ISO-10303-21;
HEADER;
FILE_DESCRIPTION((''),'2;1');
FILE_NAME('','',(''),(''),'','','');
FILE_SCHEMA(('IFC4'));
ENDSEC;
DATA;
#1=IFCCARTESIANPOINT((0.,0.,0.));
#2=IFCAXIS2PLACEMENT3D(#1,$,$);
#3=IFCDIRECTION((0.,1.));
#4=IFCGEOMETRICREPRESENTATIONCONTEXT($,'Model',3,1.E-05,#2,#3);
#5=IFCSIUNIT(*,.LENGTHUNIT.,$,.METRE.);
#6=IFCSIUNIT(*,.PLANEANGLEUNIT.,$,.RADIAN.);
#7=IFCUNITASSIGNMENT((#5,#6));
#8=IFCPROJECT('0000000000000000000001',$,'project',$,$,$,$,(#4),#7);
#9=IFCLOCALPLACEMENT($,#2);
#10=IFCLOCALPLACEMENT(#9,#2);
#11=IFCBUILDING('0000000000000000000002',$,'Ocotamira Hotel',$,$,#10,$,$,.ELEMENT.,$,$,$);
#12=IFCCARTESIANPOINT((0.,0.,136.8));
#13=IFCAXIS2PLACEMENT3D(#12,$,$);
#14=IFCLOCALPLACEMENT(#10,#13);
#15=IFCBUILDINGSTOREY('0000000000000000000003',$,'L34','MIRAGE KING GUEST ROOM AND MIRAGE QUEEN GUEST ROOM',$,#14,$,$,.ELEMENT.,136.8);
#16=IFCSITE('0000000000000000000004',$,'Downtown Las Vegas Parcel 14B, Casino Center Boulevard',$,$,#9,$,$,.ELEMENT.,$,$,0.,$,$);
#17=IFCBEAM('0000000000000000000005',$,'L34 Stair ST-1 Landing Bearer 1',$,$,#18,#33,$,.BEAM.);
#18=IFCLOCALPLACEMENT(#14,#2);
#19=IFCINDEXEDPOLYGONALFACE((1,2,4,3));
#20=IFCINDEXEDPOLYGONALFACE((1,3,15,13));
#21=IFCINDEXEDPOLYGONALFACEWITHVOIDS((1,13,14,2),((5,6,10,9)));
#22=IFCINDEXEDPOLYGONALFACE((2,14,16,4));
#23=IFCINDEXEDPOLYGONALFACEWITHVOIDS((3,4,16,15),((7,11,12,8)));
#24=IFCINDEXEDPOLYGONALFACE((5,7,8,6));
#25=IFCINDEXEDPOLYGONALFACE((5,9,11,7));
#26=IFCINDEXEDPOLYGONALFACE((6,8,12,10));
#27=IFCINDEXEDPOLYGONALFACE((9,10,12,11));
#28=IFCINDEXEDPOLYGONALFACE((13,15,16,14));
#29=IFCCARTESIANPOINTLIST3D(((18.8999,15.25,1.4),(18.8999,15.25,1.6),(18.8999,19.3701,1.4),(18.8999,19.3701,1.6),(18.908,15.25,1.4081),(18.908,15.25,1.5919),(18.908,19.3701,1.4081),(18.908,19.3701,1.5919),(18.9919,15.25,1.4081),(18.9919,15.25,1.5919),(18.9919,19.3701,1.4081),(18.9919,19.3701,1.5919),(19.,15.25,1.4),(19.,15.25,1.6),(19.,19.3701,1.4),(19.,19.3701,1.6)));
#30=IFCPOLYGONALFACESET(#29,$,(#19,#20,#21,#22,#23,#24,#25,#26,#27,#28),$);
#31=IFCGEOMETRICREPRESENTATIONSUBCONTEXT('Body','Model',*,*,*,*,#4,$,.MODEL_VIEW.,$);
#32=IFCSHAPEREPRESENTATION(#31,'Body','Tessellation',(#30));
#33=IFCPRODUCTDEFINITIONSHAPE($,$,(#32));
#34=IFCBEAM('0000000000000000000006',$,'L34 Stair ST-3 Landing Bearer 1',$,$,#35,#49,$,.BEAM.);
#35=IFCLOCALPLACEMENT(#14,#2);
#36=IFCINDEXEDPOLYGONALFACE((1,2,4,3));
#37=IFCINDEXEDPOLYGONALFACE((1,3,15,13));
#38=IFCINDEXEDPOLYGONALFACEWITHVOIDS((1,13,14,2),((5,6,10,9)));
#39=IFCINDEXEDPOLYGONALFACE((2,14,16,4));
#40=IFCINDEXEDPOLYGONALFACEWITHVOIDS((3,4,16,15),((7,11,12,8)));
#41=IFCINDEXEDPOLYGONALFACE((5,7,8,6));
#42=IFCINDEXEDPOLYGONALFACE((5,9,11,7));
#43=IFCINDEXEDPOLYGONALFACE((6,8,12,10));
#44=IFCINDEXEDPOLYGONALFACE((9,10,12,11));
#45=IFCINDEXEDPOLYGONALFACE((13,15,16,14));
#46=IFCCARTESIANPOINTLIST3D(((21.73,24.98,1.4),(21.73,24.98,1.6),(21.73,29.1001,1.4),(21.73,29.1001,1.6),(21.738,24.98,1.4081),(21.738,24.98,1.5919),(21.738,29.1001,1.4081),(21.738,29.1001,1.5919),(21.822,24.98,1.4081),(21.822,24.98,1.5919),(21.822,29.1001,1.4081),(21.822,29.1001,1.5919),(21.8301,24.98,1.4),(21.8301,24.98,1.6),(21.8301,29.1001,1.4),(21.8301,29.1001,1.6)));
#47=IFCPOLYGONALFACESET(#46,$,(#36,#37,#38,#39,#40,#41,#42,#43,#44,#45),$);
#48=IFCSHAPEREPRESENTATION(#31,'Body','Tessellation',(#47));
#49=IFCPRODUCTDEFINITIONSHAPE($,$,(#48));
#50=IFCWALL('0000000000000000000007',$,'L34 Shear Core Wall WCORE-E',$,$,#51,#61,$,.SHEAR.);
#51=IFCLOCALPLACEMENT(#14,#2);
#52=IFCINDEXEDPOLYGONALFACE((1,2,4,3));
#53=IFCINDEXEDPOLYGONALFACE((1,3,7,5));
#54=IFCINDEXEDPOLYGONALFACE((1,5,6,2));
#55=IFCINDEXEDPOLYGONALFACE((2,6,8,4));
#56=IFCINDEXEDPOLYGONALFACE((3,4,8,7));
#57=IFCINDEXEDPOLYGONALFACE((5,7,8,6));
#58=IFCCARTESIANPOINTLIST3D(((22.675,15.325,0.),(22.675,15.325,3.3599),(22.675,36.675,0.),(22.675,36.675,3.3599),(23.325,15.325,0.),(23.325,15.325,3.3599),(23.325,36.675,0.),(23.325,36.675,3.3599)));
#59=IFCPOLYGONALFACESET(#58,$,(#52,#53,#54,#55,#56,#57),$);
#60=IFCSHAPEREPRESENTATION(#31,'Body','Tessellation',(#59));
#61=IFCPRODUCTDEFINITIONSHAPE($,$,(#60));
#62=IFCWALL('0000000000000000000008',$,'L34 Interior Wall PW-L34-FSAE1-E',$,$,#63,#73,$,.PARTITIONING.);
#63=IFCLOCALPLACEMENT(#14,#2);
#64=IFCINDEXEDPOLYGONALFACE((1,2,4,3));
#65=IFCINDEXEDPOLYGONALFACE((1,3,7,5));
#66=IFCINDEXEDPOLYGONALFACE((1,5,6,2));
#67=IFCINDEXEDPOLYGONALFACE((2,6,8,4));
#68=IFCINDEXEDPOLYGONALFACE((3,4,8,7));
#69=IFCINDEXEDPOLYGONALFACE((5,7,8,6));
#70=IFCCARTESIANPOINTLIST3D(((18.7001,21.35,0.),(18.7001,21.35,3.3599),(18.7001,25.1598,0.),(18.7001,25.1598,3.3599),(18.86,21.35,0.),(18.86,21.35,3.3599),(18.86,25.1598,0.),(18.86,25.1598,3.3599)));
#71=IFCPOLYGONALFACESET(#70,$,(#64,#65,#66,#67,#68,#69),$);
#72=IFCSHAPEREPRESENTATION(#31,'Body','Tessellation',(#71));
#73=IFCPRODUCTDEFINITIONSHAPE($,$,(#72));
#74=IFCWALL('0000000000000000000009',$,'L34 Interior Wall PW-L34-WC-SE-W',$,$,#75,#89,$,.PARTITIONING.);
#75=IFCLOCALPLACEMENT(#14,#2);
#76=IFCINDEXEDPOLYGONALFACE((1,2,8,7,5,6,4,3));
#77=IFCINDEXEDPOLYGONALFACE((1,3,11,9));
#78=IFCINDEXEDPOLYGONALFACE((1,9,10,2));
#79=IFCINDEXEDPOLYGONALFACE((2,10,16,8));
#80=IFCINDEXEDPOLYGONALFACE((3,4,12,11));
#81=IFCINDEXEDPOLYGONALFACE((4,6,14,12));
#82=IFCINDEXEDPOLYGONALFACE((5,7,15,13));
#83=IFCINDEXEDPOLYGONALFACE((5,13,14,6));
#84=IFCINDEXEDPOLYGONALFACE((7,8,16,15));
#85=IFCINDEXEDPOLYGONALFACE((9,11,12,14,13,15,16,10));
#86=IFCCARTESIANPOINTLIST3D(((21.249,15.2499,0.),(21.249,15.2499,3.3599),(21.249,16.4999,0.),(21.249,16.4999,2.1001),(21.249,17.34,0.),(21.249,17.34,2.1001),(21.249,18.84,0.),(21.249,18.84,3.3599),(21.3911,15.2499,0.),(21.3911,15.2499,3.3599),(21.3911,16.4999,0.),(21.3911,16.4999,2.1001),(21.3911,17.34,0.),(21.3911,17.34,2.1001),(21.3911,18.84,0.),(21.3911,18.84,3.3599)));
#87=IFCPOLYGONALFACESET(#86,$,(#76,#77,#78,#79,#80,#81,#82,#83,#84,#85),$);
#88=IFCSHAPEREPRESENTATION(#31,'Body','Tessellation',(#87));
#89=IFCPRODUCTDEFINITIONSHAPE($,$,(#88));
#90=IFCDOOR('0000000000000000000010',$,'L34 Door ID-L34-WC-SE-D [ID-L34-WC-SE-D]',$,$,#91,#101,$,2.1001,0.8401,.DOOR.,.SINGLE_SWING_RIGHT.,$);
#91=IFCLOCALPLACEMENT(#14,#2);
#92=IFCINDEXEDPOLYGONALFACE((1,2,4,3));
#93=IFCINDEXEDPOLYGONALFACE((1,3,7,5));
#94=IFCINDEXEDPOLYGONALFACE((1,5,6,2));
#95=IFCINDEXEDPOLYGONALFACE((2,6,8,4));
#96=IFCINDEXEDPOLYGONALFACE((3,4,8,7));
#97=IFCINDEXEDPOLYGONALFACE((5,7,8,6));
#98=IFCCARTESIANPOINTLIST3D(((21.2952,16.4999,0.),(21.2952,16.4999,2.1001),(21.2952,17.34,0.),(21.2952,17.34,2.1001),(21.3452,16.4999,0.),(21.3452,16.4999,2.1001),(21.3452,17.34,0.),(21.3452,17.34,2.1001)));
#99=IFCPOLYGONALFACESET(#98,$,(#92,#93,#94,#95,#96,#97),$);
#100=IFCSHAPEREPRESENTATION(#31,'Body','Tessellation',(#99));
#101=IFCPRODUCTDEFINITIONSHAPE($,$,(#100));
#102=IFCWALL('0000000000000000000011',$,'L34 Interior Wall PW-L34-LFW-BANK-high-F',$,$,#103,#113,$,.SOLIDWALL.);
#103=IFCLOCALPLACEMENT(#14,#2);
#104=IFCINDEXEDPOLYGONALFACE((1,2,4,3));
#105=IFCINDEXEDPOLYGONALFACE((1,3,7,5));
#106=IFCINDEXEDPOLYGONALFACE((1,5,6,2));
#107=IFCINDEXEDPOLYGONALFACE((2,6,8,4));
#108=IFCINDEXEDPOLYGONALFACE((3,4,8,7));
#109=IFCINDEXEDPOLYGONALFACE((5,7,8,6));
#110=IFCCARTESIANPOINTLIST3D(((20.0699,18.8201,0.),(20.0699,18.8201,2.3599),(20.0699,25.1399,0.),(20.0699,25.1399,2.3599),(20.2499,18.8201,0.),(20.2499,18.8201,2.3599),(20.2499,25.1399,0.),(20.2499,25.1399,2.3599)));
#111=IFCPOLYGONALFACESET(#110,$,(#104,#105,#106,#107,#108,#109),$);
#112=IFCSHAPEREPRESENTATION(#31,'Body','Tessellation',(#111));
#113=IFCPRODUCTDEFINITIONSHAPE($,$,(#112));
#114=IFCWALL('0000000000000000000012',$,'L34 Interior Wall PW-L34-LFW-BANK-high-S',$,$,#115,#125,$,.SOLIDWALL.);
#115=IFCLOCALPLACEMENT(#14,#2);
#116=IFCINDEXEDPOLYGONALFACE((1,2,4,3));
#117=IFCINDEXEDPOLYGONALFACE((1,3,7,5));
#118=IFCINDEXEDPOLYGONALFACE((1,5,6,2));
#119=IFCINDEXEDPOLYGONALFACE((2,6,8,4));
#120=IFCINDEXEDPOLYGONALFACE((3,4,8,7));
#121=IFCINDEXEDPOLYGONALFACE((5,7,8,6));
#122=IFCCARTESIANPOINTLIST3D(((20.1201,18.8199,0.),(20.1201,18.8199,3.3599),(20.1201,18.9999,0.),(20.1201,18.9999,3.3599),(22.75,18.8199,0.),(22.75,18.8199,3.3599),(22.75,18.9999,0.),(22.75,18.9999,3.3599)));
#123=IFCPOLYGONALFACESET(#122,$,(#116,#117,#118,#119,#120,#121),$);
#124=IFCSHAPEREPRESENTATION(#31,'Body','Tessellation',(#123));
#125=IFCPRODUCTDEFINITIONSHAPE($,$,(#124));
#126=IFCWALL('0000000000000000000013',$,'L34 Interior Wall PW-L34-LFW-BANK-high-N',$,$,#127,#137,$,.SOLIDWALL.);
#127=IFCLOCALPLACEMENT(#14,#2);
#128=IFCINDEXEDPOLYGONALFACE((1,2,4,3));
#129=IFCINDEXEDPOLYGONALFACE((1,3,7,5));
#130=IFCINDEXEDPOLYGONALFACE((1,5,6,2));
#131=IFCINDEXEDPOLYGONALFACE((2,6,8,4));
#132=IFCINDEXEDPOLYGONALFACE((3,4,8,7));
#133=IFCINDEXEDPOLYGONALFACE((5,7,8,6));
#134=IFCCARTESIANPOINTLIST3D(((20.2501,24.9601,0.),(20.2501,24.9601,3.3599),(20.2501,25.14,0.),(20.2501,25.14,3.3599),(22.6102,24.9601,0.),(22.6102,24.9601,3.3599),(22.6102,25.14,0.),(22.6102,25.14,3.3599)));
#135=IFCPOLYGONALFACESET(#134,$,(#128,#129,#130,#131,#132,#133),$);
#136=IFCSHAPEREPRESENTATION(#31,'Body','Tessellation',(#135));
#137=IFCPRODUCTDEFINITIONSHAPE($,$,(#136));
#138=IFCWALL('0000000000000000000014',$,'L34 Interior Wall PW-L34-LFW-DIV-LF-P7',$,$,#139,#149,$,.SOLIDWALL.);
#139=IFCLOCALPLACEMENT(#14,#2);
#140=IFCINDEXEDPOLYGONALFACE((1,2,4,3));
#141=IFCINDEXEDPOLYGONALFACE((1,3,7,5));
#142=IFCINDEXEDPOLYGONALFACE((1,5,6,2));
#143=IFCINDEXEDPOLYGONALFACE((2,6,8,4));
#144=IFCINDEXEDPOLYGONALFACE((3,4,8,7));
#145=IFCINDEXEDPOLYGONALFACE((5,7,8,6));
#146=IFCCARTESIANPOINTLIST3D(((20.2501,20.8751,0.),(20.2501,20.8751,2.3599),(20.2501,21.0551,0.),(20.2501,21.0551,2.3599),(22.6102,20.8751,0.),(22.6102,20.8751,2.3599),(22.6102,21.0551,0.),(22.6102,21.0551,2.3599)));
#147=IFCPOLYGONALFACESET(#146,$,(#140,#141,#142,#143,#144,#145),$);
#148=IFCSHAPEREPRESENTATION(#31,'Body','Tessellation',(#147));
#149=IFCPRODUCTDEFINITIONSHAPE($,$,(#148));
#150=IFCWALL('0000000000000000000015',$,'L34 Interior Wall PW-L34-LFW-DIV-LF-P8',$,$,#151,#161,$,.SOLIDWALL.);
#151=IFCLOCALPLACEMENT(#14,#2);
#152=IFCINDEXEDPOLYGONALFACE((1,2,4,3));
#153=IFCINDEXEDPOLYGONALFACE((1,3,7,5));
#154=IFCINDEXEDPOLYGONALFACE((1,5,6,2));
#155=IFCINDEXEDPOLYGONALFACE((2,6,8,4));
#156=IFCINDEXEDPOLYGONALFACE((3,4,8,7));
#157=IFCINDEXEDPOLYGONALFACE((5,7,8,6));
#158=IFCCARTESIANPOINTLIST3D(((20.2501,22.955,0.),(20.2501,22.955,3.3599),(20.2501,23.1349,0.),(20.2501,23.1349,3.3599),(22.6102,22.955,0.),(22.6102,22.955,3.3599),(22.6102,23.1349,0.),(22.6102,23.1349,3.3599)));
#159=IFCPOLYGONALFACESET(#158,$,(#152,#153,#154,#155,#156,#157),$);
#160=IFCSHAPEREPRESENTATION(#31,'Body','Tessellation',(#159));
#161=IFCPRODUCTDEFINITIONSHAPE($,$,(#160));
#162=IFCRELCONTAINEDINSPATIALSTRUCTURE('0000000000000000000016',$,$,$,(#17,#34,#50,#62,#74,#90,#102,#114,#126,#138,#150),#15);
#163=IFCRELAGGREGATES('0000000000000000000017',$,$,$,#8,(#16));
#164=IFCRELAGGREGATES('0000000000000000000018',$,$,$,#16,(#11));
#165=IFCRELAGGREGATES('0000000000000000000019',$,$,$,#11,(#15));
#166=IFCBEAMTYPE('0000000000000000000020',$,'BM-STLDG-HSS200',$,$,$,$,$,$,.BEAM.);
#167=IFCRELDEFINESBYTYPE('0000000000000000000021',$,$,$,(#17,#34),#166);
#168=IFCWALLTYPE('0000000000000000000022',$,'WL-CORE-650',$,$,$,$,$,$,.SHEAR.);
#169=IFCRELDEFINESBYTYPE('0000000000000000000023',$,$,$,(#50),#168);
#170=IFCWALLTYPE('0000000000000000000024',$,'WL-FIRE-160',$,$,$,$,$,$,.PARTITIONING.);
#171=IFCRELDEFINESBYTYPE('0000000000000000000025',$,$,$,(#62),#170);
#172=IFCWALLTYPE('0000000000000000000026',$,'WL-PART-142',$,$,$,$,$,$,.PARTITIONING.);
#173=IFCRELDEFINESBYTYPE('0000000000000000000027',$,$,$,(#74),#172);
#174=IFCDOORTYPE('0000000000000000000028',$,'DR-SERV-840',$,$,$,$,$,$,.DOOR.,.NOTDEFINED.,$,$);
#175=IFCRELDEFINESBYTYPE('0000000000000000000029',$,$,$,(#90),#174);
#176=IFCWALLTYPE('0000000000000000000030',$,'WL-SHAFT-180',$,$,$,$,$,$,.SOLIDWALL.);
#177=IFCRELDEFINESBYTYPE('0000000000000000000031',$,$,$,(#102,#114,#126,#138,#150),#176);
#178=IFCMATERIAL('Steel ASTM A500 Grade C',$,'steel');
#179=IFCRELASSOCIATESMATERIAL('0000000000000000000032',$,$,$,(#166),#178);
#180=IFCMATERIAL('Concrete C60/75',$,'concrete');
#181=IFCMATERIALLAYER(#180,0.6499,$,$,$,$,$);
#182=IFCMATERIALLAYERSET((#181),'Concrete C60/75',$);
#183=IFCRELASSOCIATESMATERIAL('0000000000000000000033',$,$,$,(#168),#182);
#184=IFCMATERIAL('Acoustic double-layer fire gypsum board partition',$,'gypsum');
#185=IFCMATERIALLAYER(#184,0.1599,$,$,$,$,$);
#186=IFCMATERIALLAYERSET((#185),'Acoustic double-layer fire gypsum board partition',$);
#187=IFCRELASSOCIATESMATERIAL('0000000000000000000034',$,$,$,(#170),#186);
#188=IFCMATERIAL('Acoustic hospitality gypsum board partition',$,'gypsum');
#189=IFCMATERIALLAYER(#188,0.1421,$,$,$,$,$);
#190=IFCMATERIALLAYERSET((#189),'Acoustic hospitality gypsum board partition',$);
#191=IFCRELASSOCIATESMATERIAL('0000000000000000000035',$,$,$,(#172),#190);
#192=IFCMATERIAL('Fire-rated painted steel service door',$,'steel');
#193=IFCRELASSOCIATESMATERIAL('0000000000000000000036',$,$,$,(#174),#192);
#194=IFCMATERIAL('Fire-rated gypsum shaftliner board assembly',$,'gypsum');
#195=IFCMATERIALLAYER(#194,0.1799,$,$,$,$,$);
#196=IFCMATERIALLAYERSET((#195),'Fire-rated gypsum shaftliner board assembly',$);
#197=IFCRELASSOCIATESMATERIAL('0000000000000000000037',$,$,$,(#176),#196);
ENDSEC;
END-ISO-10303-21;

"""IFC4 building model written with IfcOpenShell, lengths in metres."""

from ifc_helpers import new_model, si_unit, direction, frame, frame_2d, origin, origin_2d, place, context, subcontext, project, spatial, rectangle, hollow_rectangle, extrude, source, transform, mapped, material, layer, layer_set, material_profile, profile_set, type_object, element, fill, save


model = new_model("IFC4")

# Units and contexts
model_context = context("Model", 3, precision=1e-05, world=origin(), true_north=direction((0.0, 1.0)))
body_context = subcontext(model_context, "Body", "Model", "MODEL_VIEW")
ifc_project = project(units=[si_unit("LENGTHUNIT", "METRE"), si_unit("PLANEANGLEUNIT", "RADIAN")], contexts=[model_context])

# Site, building, storey
site_placement = place(None, origin())
site = spatial("IfcSite", under=ifc_project, at=site_placement, Name="Downtown Las Vegas Parcel 14B, Casino Center Boulevard", CompositionType="ELEMENT", RefElevation=0.0)
building_placement = place(site_placement, origin())
building = spatial("IfcBuilding", under=site, at=building_placement, Name="Ocotamira Hotel", CompositionType="ELEMENT")
storey_placement = place(building_placement, frame((0.0, 0.0, 136.8)))
storey = spatial("IfcBuildingStorey", under=building, at=storey_placement, Name="L34", Description="MIRAGE KING GUEST ROOM AND MIRAGE QUEEN GUEST ROOM", CompositionType="ELEMENT", Elevation=136.8)

# Beams
ifc_material_1 = material(Name="Steel ASTM A500 Grade C", Category="steel")
ifc_material_profile = material_profile(ifc_material_1, hollow_rectangle(XDim=0.1001, YDim=0.2, WallThickness=0.0081, at=origin_2d()), Name="HSS200X100X8")
ifc_profile_set = profile_set([ifc_material_profile], Name="Steel ASTM A500 Grade C")
beam_type = type_object("IfcBeamType", Name="BM-STLDG-HSS200", PredefinedType="BEAM", material=ifc_profile_set)
shared_shape_1 = source(origin(), body_context, "Body", "SweptSolid", [
    extrude(hollow_rectangle(XDim=0.1001, YDim=0.2, WallThickness=0.0081, at=origin_2d()), origin(), (0.0, 0.0, 1.0), 4.1201),
])
for number, where, z_axis, x_axis, name in (
    (1, (18.95, 15.25, 1.5), (0.0, 1.0, 0.0), (-1.0, 0.0, 0.0), "L34 Stair ST-1 Landing Bearer 1"),
    (2, (21.78, 24.98, 1.5), (0.0, 1.0, 0.0), (-1.0, 0.0, 0.0), "L34 Stair ST-3 Landing Bearer 1"),
):
    element("IfcBeam", number, at=place(storey_placement, frame(where, z_axis=z_axis, x_axis=x_axis)), inside=storey, type_object=beam_type, Name=name, PredefinedType="BEAM", context=body_context, shape_type="MappedRepresentation", body=[
        mapped(shared_shape_1, transform((0.0, 0.0, 0.0), scale=1.0)),
    ])

# Wall
ifc_material_2 = material(Name="Concrete C60/75", Category="concrete")
ifc_layer_1 = layer(ifc_material_2, 0.6499)
ifc_layer_set_1 = layer_set([ifc_layer_1], Name="Concrete C60/75")
wall_type_1 = type_object("IfcWallType", Name="WL-CORE-650", PredefinedType="SHEAR", material=ifc_layer_set_1)
wall_1_placement = place(storey_placement, frame((23.0, 15.325, 0.0), z_axis=(0.0, 0.0, 1.0), x_axis=(0.0, 1.0, 0.0)))
element("IfcWall", 3, at=wall_1_placement, inside=storey, type_object=wall_type_1, Name="L34 Shear Core Wall WCORE-E", PredefinedType="SHEAR", context=body_context, shape_type="SweptSolid", body=[
    extrude(rectangle(XDim=21.3501, YDim=0.6499, at=frame_2d((10.675, 0.0))), origin(), (0.0, 0.0, 1.0), 3.3599),
])

# Shared definitions
ifc_material_3 = material(Name="Acoustic double-layer fire gypsum board partition", Category="gypsum")
ifc_layer_2 = layer(ifc_material_3, 0.1599)
ifc_layer_set_2 = layer_set([ifc_layer_2], Name="Acoustic double-layer fire gypsum board partition")
wall_type_2 = type_object("IfcWallType", Name="WL-FIRE-160", PredefinedType="PARTITIONING", material=ifc_layer_set_2)

# Wall
wall_2_placement = place(storey_placement, frame((18.78, 21.3501, 0.0), z_axis=(0.0, 0.0, 1.0), x_axis=(0.0, 1.0, 0.0)))
element("IfcWall", 4, at=wall_2_placement, inside=storey, type_object=wall_type_2, Name="L34 Interior Wall PW-L34-FSAE1-E", PredefinedType="PARTITIONING", context=body_context, shape_type="SweptSolid", body=[
    extrude(rectangle(XDim=3.8098, YDim=0.1599, at=frame_2d((1.9048, 0.0))), origin(), (0.0, 0.0, 1.0), 3.3599),
])

# Wall, opening, door
ifc_material_4 = material(Name="Acoustic hospitality gypsum board partition", Category="gypsum")
ifc_layer_3 = layer(ifc_material_4, 0.1421)
ifc_layer_set_3 = layer_set([ifc_layer_3], Name="Acoustic hospitality gypsum board partition")
wall_type_3 = type_object("IfcWallType", Name="WL-PART-142", PredefinedType="PARTITIONING", material=ifc_layer_set_3)
wall_3_placement = place(storey_placement, frame((21.3201, 15.25, 0.0), z_axis=(0.0, 0.0, 1.0), x_axis=(0.0, 1.0, 0.0)))
wall_3 = element("IfcWall", 5, at=wall_3_placement, inside=storey, type_object=wall_type_3, Name="L34 Interior Wall PW-L34-WC-SE-W", PredefinedType="PARTITIONING", context=body_context, shape_type="SweptSolid", body=[
    extrude(rectangle(XDim=3.5901, YDim=0.1421, at=frame_2d((1.7949, 0.0))), origin(), (0.0, 0.0, 1.0), 3.3599),
])
opening_1_placement = place(wall_3_placement, frame((1.25, 0.0, 0.0)))
opening_1 = element("IfcOpeningElement", 6, at=opening_1_placement, cuts=wall_3, PredefinedType="OPENING", context=body_context, shape_type="SweptSolid", body=[
    extrude(rectangle(XDim=0.8401, YDim=2.1001, at=frame_2d((0.4199, 1.05))), frame((0.0, 0.0811, 0.0), z_axis=(0.0, -1.0, 0.0), x_axis=(1.0, 0.0, 0.0)), (0.0, 0.0, 1.0), 0.1621),
])
ifc_material_5 = material(Name="Fire-rated painted steel service door", Category="steel")
door_type_1 = type_object("IfcDoorType", Name="DR-SERV-840", OperationType="NOTDEFINED", PredefinedType="DOOR", material=ifc_material_5)
shared_shape_2 = source(origin(), body_context, "Body", "SweptSolid", [
    extrude(rectangle(XDim=0.8401, YDim=2.1001, at=frame_2d((0.4199, 1.05))), frame((0.0, 0.0249, 0.0), z_axis=(0.0, -1.0, 0.0), x_axis=(1.0, 0.0, 0.0)), (0.0, 0.0, 1.0), 0.05),
])
door_1_placement = place(opening_1_placement, origin())
door_1 = element("IfcDoor", 7, at=door_1_placement, inside=storey, type_object=door_type_1, Name="L34 Door ID-L34-WC-SE-D [ID-L34-WC-SE-D]", OperationType="SINGLE_SWING_RIGHT", OverallHeight=2.1001, OverallWidth=0.8401, PredefinedType="DOOR", context=body_context, shape_type="MappedRepresentation", body=[
    mapped(shared_shape_2, transform((0.0, 0.0, 0.0), scale=1.0)),
])
fill(opening_1, door_1)

# Walls
ifc_material_6 = material(Name="Fire-rated gypsum shaftliner board assembly", Category="gypsum")
ifc_layer_4 = layer(ifc_material_6, 0.1799)
ifc_layer_set_4 = layer_set([ifc_layer_4], Name="Fire-rated gypsum shaftliner board assembly")
wall_type_4 = type_object("IfcWallType", Name="WL-SHAFT-180", PredefinedType="SOLIDWALL", material=ifc_layer_set_4)
wall_4_placement = place(storey_placement, frame((20.1599, 18.8201, 0.0), z_axis=(0.0, 0.0, 1.0), x_axis=(0.0, 1.0, 0.0)))
element("IfcWall", 8, at=wall_4_placement, inside=storey, type_object=wall_type_4, Name="L34 Interior Wall PW-L34-LFW-BANK-high-F", PredefinedType="SOLIDWALL", context=body_context, shape_type="SweptSolid", body=[
    extrude(rectangle(XDim=6.3198, YDim=0.1799, at=frame_2d((3.1599, 0.0))), origin(), (0.0, 0.0, 1.0), 2.3599),
])
wall_5_placement = place(storey_placement, frame((20.1201, 18.9099, 0.0), z_axis=(0.0, 0.0, 1.0), x_axis=(1.0, 0.0, 0.0)))
element("IfcWall", 9, at=wall_5_placement, inside=storey, type_object=wall_type_4, Name="L34 Interior Wall PW-L34-LFW-BANK-high-S", PredefinedType="SOLIDWALL", context=body_context, shape_type="SweptSolid", body=[
    extrude(rectangle(XDim=2.6299, YDim=0.1799, at=frame_2d((1.3149, 0.0))), origin(), (0.0, 0.0, 1.0), 3.3599),
])
wall_6_placement = place(storey_placement, frame((20.25, 25.05, 0.0), z_axis=(0.0, 0.0, 1.0), x_axis=(1.0, 0.0, 0.0)))
element("IfcWall", 10, at=wall_6_placement, inside=storey, type_object=wall_type_4, Name="L34 Interior Wall PW-L34-LFW-BANK-high-N", PredefinedType="SOLIDWALL", context=body_context, shape_type="SweptSolid", body=[
    extrude(rectangle(XDim=2.3601, YDim=0.1799, at=frame_2d((1.1802, 0.0))), origin(), (0.0, 0.0, 1.0), 3.3599),
])
wall_7_placement = place(storey_placement, frame((20.25, 20.9651, 0.0), z_axis=(0.0, 0.0, 1.0), x_axis=(1.0, 0.0, 0.0)))
element("IfcWall", 11, at=wall_7_placement, inside=storey, type_object=wall_type_4, Name="L34 Interior Wall PW-L34-LFW-DIV-LF-P7", PredefinedType="SOLIDWALL", context=body_context, shape_type="SweptSolid", body=[
    extrude(rectangle(XDim=2.3601, YDim=0.1799, at=frame_2d((1.1802, 0.0))), origin(), (0.0, 0.0, 1.0), 2.3599),
])
wall_8_placement = place(storey_placement, frame((20.25, 23.0449, 0.0), z_axis=(0.0, 0.0, 1.0), x_axis=(1.0, 0.0, 0.0)))
element("IfcWall", 12, at=wall_8_placement, inside=storey, type_object=wall_type_4, Name="L34 Interior Wall PW-L34-LFW-DIV-LF-P8", PredefinedType="SOLIDWALL", context=body_context, shape_type="SweptSolid", body=[
    extrude(rectangle(XDim=2.3601, YDim=0.1799, at=frame_2d((1.1802, 0.0))), origin(), (0.0, 0.0, 1.0), 3.3599),
])

save(model, "model.ifc")
